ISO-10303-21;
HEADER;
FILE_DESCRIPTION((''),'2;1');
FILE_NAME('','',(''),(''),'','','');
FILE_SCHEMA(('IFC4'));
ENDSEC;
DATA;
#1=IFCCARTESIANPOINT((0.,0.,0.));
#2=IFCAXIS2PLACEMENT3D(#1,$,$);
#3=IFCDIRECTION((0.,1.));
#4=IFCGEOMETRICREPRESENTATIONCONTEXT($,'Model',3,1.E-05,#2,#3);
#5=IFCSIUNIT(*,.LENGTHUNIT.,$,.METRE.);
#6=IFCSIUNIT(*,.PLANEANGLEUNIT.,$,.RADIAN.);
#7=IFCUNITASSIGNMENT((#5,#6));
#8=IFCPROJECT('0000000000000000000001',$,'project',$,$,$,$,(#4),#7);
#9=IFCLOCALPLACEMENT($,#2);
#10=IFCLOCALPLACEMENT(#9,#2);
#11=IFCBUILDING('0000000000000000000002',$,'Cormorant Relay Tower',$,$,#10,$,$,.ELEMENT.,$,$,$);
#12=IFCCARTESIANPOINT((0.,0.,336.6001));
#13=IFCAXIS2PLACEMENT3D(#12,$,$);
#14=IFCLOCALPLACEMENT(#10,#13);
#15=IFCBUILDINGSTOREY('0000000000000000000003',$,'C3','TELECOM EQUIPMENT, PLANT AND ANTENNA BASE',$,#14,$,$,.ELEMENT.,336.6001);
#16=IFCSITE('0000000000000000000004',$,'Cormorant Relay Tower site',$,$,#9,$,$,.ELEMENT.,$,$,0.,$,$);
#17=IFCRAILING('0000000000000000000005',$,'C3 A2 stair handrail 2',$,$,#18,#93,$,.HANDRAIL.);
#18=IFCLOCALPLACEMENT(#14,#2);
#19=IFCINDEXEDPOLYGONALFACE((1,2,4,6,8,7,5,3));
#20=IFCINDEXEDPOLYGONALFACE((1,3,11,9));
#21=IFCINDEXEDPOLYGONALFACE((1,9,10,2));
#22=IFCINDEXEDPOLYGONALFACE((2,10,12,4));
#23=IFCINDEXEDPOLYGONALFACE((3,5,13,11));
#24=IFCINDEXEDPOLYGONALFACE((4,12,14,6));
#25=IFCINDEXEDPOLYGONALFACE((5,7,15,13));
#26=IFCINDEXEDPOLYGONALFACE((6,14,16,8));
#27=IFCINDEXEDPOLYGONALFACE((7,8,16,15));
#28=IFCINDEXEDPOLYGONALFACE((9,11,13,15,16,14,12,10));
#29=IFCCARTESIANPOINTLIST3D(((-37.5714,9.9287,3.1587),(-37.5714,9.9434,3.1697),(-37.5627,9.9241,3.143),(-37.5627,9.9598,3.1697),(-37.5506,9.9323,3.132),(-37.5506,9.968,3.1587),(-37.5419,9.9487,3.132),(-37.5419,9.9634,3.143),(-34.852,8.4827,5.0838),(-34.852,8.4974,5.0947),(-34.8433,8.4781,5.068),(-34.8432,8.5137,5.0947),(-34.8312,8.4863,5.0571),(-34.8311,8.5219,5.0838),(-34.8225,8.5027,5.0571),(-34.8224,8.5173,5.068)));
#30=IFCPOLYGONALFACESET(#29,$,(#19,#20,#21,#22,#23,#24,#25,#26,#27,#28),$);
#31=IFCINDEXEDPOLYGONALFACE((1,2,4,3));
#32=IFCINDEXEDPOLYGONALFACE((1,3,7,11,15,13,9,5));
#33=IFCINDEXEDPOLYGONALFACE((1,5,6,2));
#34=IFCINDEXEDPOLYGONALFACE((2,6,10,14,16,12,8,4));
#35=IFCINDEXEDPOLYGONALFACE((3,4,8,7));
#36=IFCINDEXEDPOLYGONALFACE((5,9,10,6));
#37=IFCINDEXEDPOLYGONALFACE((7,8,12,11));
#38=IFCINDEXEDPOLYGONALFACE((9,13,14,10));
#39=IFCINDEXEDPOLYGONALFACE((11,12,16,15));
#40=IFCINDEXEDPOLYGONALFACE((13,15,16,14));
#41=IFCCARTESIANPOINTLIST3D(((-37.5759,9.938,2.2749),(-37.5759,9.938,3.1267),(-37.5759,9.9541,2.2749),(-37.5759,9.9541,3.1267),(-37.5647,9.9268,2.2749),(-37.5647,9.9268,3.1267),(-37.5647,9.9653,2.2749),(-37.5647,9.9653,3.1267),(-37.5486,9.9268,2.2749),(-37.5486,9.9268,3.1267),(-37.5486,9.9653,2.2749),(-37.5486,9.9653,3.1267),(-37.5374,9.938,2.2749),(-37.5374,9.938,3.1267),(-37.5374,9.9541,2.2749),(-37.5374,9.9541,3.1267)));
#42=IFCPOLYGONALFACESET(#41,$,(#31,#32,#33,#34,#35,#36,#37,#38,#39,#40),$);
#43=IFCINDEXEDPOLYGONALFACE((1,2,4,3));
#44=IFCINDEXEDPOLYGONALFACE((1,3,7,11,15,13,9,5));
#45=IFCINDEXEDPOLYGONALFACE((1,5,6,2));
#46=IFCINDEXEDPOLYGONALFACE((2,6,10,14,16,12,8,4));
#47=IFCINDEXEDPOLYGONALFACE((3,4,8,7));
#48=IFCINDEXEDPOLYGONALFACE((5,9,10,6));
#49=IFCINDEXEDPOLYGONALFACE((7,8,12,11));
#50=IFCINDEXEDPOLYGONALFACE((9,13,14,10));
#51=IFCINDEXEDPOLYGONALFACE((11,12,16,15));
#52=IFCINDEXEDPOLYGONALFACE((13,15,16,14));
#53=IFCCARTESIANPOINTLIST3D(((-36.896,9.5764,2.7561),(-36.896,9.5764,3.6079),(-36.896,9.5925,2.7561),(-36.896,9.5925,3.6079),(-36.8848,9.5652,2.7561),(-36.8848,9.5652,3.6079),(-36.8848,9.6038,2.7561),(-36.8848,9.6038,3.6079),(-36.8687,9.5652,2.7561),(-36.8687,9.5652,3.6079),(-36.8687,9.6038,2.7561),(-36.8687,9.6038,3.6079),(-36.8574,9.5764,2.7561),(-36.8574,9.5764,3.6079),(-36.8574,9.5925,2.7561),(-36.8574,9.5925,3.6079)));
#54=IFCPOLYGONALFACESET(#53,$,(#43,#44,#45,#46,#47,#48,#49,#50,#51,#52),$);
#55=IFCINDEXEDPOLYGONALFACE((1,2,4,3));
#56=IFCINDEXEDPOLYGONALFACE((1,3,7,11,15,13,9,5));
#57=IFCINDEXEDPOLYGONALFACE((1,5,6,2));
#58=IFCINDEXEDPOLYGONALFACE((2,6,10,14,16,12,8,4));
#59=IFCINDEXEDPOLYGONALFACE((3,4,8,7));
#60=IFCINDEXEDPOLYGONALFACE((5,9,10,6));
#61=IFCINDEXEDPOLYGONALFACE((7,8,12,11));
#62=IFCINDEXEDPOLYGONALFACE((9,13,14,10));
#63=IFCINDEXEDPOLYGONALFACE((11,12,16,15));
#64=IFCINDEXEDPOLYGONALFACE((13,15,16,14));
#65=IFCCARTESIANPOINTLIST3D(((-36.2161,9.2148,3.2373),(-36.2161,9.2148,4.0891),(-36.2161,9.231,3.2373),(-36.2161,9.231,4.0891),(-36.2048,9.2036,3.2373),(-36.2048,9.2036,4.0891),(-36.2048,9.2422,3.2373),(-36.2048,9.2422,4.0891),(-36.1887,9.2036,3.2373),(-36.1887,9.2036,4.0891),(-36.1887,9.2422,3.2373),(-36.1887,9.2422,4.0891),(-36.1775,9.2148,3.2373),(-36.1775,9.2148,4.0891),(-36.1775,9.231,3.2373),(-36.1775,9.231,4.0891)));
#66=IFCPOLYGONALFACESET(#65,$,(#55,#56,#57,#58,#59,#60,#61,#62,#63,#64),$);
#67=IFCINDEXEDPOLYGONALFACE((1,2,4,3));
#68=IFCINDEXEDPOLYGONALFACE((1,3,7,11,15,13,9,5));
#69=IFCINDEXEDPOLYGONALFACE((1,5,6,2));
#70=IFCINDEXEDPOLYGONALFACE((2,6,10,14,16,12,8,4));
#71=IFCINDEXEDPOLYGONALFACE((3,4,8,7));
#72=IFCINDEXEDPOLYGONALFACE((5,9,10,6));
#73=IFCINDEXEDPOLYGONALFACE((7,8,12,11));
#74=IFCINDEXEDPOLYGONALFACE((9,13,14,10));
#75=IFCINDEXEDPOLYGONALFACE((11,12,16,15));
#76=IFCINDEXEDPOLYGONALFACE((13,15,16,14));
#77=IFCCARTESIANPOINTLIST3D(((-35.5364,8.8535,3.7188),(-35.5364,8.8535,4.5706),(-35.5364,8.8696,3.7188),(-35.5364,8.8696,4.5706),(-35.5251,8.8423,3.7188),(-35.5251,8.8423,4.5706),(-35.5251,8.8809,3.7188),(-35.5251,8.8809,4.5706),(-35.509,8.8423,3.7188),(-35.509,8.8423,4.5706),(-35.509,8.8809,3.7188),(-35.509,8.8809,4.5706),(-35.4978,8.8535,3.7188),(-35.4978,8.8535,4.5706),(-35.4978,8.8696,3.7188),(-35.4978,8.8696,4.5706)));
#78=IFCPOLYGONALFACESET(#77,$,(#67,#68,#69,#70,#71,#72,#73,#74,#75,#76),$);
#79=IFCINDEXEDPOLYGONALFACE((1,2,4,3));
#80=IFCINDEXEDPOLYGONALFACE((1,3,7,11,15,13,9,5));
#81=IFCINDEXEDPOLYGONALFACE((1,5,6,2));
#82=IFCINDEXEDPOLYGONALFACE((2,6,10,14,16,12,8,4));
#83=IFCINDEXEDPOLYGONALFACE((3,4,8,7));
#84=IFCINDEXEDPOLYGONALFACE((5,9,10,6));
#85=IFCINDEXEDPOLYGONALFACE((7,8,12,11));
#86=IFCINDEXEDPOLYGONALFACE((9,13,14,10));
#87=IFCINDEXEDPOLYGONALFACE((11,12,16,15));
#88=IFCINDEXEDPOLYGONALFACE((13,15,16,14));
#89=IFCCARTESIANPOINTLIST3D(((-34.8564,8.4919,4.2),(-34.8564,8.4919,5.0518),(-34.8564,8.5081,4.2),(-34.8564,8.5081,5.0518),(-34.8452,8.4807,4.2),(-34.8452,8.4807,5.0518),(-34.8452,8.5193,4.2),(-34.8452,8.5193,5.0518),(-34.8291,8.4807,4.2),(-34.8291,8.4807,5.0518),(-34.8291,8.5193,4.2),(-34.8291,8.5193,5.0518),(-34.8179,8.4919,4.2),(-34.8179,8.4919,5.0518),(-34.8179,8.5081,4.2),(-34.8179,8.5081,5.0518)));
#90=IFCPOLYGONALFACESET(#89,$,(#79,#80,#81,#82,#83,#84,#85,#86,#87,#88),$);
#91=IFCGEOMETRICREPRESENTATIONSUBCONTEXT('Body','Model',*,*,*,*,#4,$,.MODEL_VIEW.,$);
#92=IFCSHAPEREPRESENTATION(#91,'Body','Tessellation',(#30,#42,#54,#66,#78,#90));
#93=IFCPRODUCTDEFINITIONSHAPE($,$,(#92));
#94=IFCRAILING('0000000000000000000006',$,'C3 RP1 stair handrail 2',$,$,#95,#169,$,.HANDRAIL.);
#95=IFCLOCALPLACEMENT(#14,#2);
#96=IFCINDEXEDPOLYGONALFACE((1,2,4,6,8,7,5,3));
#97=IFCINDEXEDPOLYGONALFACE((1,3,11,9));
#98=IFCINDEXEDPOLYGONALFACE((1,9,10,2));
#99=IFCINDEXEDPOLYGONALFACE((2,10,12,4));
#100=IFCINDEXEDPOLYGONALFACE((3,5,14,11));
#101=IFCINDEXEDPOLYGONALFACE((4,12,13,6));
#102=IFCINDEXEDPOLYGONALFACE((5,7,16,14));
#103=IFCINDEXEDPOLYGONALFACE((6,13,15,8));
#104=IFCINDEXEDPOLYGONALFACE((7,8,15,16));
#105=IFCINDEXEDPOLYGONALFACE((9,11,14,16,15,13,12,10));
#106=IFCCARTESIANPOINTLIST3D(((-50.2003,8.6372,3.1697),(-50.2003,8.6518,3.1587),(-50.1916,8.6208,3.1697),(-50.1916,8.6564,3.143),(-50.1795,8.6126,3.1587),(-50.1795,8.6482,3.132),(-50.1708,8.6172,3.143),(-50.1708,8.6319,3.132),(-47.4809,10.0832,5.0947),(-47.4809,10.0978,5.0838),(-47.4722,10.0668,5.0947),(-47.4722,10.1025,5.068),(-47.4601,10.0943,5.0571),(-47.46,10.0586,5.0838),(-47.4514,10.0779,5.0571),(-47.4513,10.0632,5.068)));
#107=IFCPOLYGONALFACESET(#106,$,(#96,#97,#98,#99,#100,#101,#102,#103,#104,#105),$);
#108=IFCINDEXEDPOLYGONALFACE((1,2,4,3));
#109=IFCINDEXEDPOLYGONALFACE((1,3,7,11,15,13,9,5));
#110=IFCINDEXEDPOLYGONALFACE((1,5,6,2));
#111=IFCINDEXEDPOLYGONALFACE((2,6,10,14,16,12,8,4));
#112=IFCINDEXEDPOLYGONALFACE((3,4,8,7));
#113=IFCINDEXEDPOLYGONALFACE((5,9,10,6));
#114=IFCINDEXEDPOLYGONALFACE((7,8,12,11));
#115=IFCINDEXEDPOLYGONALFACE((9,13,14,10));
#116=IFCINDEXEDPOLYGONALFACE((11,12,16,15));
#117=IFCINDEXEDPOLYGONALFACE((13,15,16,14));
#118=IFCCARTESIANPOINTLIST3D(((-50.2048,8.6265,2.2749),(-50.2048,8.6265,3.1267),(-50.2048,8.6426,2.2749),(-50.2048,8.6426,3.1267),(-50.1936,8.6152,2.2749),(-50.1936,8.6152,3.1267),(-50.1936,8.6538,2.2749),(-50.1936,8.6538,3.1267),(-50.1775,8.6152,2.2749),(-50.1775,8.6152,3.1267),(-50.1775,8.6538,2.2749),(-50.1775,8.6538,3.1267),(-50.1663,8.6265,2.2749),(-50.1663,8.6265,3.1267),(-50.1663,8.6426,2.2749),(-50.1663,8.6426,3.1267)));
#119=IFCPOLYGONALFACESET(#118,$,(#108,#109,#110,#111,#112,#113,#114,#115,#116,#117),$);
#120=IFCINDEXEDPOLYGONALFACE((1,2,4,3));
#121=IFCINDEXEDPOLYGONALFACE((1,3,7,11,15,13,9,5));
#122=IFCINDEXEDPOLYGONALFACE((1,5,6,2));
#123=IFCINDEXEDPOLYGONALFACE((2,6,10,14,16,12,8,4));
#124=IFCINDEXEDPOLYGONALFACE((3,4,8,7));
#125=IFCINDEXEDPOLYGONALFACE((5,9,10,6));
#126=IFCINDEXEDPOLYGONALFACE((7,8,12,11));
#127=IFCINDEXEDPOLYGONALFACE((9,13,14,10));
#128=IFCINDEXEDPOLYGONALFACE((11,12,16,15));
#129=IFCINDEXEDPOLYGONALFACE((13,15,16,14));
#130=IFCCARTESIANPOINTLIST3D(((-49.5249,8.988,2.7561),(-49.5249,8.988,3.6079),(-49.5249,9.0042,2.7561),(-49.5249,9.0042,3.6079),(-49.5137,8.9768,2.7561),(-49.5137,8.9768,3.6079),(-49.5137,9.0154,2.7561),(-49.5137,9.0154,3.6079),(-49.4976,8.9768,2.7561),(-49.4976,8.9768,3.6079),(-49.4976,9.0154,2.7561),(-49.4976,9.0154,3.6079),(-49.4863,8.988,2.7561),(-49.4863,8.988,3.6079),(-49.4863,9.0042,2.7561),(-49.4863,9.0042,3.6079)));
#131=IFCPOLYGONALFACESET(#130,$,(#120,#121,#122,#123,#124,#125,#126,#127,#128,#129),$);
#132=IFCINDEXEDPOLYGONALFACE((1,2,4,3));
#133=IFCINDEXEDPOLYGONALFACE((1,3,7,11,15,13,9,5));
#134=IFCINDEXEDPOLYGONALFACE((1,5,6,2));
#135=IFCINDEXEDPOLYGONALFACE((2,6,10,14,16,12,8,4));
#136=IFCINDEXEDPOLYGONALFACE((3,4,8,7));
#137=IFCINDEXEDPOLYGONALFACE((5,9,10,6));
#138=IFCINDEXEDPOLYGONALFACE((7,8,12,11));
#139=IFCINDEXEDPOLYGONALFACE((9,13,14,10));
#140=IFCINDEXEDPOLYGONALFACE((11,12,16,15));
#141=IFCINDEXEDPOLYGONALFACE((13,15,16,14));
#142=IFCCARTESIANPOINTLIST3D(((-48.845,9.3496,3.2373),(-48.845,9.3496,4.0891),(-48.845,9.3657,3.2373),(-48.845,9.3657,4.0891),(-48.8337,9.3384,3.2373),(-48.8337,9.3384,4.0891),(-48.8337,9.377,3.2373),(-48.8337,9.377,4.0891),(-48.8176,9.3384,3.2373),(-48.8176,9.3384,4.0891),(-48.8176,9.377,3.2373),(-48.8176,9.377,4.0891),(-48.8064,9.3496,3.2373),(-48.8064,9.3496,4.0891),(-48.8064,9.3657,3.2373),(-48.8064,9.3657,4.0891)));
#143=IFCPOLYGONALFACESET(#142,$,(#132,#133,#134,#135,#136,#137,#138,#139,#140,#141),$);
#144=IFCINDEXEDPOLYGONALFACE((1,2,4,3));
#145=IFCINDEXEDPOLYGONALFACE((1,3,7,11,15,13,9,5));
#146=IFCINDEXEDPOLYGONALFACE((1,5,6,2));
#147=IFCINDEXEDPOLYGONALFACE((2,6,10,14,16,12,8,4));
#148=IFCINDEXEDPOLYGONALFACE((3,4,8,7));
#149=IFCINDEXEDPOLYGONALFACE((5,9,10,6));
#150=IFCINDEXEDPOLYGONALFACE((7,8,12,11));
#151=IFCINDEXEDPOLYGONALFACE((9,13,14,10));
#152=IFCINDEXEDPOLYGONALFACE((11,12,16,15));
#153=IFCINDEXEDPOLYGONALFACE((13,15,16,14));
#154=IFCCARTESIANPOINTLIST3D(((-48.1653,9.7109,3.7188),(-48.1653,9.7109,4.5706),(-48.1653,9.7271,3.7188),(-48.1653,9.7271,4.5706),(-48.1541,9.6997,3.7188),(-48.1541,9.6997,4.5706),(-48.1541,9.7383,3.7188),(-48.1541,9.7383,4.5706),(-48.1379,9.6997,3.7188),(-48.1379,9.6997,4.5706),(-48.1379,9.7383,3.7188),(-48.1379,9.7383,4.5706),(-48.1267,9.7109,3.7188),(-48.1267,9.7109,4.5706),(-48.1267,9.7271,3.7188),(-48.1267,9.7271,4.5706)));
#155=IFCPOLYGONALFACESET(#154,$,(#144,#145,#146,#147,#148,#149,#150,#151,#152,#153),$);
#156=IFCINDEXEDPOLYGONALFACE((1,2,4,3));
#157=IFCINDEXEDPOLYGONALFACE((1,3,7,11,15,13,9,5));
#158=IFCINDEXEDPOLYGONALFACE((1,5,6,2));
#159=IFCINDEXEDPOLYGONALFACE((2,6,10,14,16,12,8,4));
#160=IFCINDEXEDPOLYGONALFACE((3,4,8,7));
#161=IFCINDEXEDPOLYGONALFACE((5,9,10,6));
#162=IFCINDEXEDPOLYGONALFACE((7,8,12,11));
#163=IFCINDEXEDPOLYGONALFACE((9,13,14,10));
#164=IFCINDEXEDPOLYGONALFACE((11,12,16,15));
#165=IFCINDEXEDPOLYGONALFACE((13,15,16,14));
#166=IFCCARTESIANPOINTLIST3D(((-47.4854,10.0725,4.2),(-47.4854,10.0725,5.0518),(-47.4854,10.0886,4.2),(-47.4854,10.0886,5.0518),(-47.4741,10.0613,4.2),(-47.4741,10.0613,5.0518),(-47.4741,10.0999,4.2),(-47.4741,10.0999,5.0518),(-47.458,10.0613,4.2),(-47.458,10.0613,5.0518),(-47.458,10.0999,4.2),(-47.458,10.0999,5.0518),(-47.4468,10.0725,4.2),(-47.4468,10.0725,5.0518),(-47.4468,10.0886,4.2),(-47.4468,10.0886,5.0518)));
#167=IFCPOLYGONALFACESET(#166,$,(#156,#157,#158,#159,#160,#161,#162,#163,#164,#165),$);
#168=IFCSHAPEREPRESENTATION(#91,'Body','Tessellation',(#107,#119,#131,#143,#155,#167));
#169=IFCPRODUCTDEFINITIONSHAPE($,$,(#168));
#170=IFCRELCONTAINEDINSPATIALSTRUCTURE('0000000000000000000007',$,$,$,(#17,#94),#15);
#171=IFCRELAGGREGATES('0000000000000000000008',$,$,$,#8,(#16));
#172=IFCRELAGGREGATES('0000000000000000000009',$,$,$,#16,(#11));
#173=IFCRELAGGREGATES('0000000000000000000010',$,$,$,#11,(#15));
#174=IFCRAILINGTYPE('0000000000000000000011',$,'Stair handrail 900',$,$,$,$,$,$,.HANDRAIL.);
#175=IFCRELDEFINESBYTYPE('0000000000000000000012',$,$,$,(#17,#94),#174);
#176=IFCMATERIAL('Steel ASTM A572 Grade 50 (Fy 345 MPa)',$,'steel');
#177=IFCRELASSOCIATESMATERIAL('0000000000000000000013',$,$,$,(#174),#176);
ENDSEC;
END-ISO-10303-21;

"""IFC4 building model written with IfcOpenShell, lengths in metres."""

from ifc_helpers import new_model, si_unit, direction, frame, origin, place, context, subcontext, project, spatial, polyline, outline, extrude, material, type_object, element, save


model = new_model("IFC4")

# Units and contexts
model_context = context("Model", 3, precision=1e-05, world=origin(), true_north=direction((0.0, 1.0)))
body_context = subcontext(model_context, "Body", "Model", "MODEL_VIEW")
ifc_project = project(units=[si_unit("LENGTHUNIT", "METRE"), si_unit("PLANEANGLEUNIT", "RADIAN")], contexts=[model_context])

# Site, building, storey
site_placement = place(None, origin())
site = spatial("IfcSite", under=ifc_project, at=site_placement, Name="Cormorant Relay Tower site", CompositionType="ELEMENT", RefElevation=0.0)
building_placement = place(site_placement, origin())
building = spatial("IfcBuilding", under=site, at=building_placement, Name="Cormorant Relay Tower", CompositionType="ELEMENT")
storey_placement = place(building_placement, frame((0.0, 0.0, 336.6001)))
storey = spatial("IfcBuildingStorey", under=building, at=storey_placement, Name="C3", Description="TELECOM EQUIPMENT, PLANT AND ANTENNA BASE", CompositionType="ELEMENT", Elevation=336.6001)

# Railings
ifc_material_1 = material(Name="Steel ASTM A572 Grade 50 (Fy 345 MPa)", Category="steel")
railing_type_1 = type_object("IfcRailingType", Name="Stair handrail 900", PredefinedType="HANDRAIL", material=ifc_material_1)
railing_1_placement = place(storey_placement, frame((-37.5566, 9.946, 2.2749)))
element("IfcRailing", 1, at=railing_1_placement, inside=storey, type_object=railing_type_1, Name="C3 A2 stair handrail 2", PredefinedType="HANDRAIL", context=body_context, shape_type="SweptSolid", body=[
    extrude(outline(polyline([(0.0222, 0.0093), (0.0093, 0.0222), (-0.0093, 0.0222), (-0.0222, 0.0093), (-0.0222, -0.0093), (-0.0093, -0.0222), (0.0093, -0.0222), (0.0222, -0.0093), (0.0222, 0.0093)])), frame((0.0, 0.0, 0.876), z_axis=(0.748727, -0.398125, 0.530004), x_axis=(0.469489, 0.882938, 0.0)), (0.0, 0.0, 1.0), 3.6321),
    extrude(outline(polyline([(0.0193, 0.0081), (0.0081, 0.0193), (-0.0081, 0.0193), (-0.0193, 0.0081), (-0.0193, -0.0081), (-0.0081, -0.0193), (0.0081, -0.0193), (0.0193, -0.0081), (0.0193, 0.0081)])), origin(), (0.0, 0.0, 1.0), 0.8518),
    extrude(outline(polyline([(0.0193, 0.0081), (0.0081, 0.0193), (-0.0081, 0.0193), (-0.0193, 0.0081), (-0.0193, -0.0081), (-0.0081, -0.0193), (0.0081, -0.0193), (0.0193, -0.0081), (0.0193, 0.0081)])), frame((0.6799, -0.3616, 0.4812)), (0.0, 0.0, 1.0), 0.8518),
    extrude(outline(polyline([(0.0193, 0.0081), (0.0081, 0.0193), (-0.0081, 0.0193), (-0.0193, 0.0081), (-0.0193, -0.0081), (-0.0081, -0.0193), (0.0081, -0.0193), (0.0193, -0.0081), (0.0193, 0.0081)])), frame((1.3599, -0.7231, 0.9624)), (0.0, 0.0, 1.0), 0.8518),
    extrude(outline(polyline([(0.0193, 0.0081), (0.0081, 0.0193), (-0.0081, 0.0193), (-0.0193, 0.0081), (-0.0193, -0.0081), (-0.0081, -0.0193), (0.0081, -0.0193), (0.0193, -0.0081), (0.0193, 0.0081)])), frame((2.0396, -1.0845, 1.4438)), (0.0, 0.0, 1.0), 0.8518),
    extrude(outline(polyline([(0.0193, 0.0081), (0.0081, 0.0193), (-0.0081, 0.0193), (-0.0193, 0.0081), (-0.0193, -0.0081), (-0.0081, -0.0193), (0.0081, -0.0193), (0.0193, -0.0081), (0.0193, 0.0081)])), frame((2.7195, -1.446, 1.925)), (0.0, 0.0, 1.0), 0.8518),
])
railing_2_placement = place(storey_placement, frame((-50.1855, 8.6345, 2.2749)))
element("IfcRailing", 2, at=railing_2_placement, inside=storey, type_object=railing_type_1, Name="C3 RP1 stair handrail 2", PredefinedType="HANDRAIL", context=body_context, shape_type="SweptSolid", body=[
    extrude(outline(polyline([(0.0222, 0.0093), (0.0093, 0.0222), (-0.0093, 0.0222), (-0.0222, 0.0093), (-0.0222, -0.0093), (-0.0093, -0.0222), (0.0093, -0.0222), (0.0222, -0.0093), (0.0222, 0.0093)])), frame((0.0, 0.0, 0.876), z_axis=(0.748727, 0.398125, 0.530004), x_axis=(-0.469489, 0.882938, 0.0)), (0.0, 0.0, 1.0), 3.6321),
    extrude(outline(polyline([(0.0193, 0.0081), (0.0081, 0.0193), (-0.0081, 0.0193), (-0.0193, 0.0081), (-0.0193, -0.0081), (-0.0081, -0.0193), (0.0081, -0.0193), (0.0193, -0.0081), (0.0193, 0.0081)])), origin(), (0.0, 0.0, 1.0), 0.8518),
    extrude(outline(polyline([(0.0193, 0.0081), (0.0081, 0.0193), (-0.0081, 0.0193), (-0.0193, 0.0081), (-0.0193, -0.0081), (-0.0081, -0.0193), (0.0081, -0.0193), (0.0193, -0.0081), (0.0193, 0.0081)])), frame((0.6799, 0.3616, 0.4812)), (0.0, 0.0, 1.0), 0.8518),
    extrude(outline(polyline([(0.0193, 0.0081), (0.0081, 0.0193), (-0.0081, 0.0193), (-0.0193, 0.0081), (-0.0193, -0.0081), (-0.0081, -0.0193), (0.0081, -0.0193), (0.0193, -0.0081), (0.0193, 0.0081)])), frame((1.3599, 0.7231, 0.9624)), (0.0, 0.0, 1.0), 0.8518),
    extrude(outline(polyline([(0.0193, 0.0081), (0.0081, 0.0193), (-0.0081, 0.0193), (-0.0193, 0.0081), (-0.0193, -0.0081), (-0.0081, -0.0193), (0.0081, -0.0193), (0.0193, -0.0081), (0.0193, 0.0081)])), frame((2.0396, 1.0845, 1.4438)), (0.0, 0.0, 1.0), 0.8518),
    extrude(outline(polyline([(0.0193, 0.0081), (0.0081, 0.0193), (-0.0081, 0.0193), (-0.0193, 0.0081), (-0.0193, -0.0081), (-0.0081, -0.0193), (0.0081, -0.0193), (0.0193, -0.0081), (0.0193, 0.0081)])), frame((2.7195, 1.446, 1.925)), (0.0, 0.0, 1.0), 0.8518),
])

save(model, "model.ifc")
